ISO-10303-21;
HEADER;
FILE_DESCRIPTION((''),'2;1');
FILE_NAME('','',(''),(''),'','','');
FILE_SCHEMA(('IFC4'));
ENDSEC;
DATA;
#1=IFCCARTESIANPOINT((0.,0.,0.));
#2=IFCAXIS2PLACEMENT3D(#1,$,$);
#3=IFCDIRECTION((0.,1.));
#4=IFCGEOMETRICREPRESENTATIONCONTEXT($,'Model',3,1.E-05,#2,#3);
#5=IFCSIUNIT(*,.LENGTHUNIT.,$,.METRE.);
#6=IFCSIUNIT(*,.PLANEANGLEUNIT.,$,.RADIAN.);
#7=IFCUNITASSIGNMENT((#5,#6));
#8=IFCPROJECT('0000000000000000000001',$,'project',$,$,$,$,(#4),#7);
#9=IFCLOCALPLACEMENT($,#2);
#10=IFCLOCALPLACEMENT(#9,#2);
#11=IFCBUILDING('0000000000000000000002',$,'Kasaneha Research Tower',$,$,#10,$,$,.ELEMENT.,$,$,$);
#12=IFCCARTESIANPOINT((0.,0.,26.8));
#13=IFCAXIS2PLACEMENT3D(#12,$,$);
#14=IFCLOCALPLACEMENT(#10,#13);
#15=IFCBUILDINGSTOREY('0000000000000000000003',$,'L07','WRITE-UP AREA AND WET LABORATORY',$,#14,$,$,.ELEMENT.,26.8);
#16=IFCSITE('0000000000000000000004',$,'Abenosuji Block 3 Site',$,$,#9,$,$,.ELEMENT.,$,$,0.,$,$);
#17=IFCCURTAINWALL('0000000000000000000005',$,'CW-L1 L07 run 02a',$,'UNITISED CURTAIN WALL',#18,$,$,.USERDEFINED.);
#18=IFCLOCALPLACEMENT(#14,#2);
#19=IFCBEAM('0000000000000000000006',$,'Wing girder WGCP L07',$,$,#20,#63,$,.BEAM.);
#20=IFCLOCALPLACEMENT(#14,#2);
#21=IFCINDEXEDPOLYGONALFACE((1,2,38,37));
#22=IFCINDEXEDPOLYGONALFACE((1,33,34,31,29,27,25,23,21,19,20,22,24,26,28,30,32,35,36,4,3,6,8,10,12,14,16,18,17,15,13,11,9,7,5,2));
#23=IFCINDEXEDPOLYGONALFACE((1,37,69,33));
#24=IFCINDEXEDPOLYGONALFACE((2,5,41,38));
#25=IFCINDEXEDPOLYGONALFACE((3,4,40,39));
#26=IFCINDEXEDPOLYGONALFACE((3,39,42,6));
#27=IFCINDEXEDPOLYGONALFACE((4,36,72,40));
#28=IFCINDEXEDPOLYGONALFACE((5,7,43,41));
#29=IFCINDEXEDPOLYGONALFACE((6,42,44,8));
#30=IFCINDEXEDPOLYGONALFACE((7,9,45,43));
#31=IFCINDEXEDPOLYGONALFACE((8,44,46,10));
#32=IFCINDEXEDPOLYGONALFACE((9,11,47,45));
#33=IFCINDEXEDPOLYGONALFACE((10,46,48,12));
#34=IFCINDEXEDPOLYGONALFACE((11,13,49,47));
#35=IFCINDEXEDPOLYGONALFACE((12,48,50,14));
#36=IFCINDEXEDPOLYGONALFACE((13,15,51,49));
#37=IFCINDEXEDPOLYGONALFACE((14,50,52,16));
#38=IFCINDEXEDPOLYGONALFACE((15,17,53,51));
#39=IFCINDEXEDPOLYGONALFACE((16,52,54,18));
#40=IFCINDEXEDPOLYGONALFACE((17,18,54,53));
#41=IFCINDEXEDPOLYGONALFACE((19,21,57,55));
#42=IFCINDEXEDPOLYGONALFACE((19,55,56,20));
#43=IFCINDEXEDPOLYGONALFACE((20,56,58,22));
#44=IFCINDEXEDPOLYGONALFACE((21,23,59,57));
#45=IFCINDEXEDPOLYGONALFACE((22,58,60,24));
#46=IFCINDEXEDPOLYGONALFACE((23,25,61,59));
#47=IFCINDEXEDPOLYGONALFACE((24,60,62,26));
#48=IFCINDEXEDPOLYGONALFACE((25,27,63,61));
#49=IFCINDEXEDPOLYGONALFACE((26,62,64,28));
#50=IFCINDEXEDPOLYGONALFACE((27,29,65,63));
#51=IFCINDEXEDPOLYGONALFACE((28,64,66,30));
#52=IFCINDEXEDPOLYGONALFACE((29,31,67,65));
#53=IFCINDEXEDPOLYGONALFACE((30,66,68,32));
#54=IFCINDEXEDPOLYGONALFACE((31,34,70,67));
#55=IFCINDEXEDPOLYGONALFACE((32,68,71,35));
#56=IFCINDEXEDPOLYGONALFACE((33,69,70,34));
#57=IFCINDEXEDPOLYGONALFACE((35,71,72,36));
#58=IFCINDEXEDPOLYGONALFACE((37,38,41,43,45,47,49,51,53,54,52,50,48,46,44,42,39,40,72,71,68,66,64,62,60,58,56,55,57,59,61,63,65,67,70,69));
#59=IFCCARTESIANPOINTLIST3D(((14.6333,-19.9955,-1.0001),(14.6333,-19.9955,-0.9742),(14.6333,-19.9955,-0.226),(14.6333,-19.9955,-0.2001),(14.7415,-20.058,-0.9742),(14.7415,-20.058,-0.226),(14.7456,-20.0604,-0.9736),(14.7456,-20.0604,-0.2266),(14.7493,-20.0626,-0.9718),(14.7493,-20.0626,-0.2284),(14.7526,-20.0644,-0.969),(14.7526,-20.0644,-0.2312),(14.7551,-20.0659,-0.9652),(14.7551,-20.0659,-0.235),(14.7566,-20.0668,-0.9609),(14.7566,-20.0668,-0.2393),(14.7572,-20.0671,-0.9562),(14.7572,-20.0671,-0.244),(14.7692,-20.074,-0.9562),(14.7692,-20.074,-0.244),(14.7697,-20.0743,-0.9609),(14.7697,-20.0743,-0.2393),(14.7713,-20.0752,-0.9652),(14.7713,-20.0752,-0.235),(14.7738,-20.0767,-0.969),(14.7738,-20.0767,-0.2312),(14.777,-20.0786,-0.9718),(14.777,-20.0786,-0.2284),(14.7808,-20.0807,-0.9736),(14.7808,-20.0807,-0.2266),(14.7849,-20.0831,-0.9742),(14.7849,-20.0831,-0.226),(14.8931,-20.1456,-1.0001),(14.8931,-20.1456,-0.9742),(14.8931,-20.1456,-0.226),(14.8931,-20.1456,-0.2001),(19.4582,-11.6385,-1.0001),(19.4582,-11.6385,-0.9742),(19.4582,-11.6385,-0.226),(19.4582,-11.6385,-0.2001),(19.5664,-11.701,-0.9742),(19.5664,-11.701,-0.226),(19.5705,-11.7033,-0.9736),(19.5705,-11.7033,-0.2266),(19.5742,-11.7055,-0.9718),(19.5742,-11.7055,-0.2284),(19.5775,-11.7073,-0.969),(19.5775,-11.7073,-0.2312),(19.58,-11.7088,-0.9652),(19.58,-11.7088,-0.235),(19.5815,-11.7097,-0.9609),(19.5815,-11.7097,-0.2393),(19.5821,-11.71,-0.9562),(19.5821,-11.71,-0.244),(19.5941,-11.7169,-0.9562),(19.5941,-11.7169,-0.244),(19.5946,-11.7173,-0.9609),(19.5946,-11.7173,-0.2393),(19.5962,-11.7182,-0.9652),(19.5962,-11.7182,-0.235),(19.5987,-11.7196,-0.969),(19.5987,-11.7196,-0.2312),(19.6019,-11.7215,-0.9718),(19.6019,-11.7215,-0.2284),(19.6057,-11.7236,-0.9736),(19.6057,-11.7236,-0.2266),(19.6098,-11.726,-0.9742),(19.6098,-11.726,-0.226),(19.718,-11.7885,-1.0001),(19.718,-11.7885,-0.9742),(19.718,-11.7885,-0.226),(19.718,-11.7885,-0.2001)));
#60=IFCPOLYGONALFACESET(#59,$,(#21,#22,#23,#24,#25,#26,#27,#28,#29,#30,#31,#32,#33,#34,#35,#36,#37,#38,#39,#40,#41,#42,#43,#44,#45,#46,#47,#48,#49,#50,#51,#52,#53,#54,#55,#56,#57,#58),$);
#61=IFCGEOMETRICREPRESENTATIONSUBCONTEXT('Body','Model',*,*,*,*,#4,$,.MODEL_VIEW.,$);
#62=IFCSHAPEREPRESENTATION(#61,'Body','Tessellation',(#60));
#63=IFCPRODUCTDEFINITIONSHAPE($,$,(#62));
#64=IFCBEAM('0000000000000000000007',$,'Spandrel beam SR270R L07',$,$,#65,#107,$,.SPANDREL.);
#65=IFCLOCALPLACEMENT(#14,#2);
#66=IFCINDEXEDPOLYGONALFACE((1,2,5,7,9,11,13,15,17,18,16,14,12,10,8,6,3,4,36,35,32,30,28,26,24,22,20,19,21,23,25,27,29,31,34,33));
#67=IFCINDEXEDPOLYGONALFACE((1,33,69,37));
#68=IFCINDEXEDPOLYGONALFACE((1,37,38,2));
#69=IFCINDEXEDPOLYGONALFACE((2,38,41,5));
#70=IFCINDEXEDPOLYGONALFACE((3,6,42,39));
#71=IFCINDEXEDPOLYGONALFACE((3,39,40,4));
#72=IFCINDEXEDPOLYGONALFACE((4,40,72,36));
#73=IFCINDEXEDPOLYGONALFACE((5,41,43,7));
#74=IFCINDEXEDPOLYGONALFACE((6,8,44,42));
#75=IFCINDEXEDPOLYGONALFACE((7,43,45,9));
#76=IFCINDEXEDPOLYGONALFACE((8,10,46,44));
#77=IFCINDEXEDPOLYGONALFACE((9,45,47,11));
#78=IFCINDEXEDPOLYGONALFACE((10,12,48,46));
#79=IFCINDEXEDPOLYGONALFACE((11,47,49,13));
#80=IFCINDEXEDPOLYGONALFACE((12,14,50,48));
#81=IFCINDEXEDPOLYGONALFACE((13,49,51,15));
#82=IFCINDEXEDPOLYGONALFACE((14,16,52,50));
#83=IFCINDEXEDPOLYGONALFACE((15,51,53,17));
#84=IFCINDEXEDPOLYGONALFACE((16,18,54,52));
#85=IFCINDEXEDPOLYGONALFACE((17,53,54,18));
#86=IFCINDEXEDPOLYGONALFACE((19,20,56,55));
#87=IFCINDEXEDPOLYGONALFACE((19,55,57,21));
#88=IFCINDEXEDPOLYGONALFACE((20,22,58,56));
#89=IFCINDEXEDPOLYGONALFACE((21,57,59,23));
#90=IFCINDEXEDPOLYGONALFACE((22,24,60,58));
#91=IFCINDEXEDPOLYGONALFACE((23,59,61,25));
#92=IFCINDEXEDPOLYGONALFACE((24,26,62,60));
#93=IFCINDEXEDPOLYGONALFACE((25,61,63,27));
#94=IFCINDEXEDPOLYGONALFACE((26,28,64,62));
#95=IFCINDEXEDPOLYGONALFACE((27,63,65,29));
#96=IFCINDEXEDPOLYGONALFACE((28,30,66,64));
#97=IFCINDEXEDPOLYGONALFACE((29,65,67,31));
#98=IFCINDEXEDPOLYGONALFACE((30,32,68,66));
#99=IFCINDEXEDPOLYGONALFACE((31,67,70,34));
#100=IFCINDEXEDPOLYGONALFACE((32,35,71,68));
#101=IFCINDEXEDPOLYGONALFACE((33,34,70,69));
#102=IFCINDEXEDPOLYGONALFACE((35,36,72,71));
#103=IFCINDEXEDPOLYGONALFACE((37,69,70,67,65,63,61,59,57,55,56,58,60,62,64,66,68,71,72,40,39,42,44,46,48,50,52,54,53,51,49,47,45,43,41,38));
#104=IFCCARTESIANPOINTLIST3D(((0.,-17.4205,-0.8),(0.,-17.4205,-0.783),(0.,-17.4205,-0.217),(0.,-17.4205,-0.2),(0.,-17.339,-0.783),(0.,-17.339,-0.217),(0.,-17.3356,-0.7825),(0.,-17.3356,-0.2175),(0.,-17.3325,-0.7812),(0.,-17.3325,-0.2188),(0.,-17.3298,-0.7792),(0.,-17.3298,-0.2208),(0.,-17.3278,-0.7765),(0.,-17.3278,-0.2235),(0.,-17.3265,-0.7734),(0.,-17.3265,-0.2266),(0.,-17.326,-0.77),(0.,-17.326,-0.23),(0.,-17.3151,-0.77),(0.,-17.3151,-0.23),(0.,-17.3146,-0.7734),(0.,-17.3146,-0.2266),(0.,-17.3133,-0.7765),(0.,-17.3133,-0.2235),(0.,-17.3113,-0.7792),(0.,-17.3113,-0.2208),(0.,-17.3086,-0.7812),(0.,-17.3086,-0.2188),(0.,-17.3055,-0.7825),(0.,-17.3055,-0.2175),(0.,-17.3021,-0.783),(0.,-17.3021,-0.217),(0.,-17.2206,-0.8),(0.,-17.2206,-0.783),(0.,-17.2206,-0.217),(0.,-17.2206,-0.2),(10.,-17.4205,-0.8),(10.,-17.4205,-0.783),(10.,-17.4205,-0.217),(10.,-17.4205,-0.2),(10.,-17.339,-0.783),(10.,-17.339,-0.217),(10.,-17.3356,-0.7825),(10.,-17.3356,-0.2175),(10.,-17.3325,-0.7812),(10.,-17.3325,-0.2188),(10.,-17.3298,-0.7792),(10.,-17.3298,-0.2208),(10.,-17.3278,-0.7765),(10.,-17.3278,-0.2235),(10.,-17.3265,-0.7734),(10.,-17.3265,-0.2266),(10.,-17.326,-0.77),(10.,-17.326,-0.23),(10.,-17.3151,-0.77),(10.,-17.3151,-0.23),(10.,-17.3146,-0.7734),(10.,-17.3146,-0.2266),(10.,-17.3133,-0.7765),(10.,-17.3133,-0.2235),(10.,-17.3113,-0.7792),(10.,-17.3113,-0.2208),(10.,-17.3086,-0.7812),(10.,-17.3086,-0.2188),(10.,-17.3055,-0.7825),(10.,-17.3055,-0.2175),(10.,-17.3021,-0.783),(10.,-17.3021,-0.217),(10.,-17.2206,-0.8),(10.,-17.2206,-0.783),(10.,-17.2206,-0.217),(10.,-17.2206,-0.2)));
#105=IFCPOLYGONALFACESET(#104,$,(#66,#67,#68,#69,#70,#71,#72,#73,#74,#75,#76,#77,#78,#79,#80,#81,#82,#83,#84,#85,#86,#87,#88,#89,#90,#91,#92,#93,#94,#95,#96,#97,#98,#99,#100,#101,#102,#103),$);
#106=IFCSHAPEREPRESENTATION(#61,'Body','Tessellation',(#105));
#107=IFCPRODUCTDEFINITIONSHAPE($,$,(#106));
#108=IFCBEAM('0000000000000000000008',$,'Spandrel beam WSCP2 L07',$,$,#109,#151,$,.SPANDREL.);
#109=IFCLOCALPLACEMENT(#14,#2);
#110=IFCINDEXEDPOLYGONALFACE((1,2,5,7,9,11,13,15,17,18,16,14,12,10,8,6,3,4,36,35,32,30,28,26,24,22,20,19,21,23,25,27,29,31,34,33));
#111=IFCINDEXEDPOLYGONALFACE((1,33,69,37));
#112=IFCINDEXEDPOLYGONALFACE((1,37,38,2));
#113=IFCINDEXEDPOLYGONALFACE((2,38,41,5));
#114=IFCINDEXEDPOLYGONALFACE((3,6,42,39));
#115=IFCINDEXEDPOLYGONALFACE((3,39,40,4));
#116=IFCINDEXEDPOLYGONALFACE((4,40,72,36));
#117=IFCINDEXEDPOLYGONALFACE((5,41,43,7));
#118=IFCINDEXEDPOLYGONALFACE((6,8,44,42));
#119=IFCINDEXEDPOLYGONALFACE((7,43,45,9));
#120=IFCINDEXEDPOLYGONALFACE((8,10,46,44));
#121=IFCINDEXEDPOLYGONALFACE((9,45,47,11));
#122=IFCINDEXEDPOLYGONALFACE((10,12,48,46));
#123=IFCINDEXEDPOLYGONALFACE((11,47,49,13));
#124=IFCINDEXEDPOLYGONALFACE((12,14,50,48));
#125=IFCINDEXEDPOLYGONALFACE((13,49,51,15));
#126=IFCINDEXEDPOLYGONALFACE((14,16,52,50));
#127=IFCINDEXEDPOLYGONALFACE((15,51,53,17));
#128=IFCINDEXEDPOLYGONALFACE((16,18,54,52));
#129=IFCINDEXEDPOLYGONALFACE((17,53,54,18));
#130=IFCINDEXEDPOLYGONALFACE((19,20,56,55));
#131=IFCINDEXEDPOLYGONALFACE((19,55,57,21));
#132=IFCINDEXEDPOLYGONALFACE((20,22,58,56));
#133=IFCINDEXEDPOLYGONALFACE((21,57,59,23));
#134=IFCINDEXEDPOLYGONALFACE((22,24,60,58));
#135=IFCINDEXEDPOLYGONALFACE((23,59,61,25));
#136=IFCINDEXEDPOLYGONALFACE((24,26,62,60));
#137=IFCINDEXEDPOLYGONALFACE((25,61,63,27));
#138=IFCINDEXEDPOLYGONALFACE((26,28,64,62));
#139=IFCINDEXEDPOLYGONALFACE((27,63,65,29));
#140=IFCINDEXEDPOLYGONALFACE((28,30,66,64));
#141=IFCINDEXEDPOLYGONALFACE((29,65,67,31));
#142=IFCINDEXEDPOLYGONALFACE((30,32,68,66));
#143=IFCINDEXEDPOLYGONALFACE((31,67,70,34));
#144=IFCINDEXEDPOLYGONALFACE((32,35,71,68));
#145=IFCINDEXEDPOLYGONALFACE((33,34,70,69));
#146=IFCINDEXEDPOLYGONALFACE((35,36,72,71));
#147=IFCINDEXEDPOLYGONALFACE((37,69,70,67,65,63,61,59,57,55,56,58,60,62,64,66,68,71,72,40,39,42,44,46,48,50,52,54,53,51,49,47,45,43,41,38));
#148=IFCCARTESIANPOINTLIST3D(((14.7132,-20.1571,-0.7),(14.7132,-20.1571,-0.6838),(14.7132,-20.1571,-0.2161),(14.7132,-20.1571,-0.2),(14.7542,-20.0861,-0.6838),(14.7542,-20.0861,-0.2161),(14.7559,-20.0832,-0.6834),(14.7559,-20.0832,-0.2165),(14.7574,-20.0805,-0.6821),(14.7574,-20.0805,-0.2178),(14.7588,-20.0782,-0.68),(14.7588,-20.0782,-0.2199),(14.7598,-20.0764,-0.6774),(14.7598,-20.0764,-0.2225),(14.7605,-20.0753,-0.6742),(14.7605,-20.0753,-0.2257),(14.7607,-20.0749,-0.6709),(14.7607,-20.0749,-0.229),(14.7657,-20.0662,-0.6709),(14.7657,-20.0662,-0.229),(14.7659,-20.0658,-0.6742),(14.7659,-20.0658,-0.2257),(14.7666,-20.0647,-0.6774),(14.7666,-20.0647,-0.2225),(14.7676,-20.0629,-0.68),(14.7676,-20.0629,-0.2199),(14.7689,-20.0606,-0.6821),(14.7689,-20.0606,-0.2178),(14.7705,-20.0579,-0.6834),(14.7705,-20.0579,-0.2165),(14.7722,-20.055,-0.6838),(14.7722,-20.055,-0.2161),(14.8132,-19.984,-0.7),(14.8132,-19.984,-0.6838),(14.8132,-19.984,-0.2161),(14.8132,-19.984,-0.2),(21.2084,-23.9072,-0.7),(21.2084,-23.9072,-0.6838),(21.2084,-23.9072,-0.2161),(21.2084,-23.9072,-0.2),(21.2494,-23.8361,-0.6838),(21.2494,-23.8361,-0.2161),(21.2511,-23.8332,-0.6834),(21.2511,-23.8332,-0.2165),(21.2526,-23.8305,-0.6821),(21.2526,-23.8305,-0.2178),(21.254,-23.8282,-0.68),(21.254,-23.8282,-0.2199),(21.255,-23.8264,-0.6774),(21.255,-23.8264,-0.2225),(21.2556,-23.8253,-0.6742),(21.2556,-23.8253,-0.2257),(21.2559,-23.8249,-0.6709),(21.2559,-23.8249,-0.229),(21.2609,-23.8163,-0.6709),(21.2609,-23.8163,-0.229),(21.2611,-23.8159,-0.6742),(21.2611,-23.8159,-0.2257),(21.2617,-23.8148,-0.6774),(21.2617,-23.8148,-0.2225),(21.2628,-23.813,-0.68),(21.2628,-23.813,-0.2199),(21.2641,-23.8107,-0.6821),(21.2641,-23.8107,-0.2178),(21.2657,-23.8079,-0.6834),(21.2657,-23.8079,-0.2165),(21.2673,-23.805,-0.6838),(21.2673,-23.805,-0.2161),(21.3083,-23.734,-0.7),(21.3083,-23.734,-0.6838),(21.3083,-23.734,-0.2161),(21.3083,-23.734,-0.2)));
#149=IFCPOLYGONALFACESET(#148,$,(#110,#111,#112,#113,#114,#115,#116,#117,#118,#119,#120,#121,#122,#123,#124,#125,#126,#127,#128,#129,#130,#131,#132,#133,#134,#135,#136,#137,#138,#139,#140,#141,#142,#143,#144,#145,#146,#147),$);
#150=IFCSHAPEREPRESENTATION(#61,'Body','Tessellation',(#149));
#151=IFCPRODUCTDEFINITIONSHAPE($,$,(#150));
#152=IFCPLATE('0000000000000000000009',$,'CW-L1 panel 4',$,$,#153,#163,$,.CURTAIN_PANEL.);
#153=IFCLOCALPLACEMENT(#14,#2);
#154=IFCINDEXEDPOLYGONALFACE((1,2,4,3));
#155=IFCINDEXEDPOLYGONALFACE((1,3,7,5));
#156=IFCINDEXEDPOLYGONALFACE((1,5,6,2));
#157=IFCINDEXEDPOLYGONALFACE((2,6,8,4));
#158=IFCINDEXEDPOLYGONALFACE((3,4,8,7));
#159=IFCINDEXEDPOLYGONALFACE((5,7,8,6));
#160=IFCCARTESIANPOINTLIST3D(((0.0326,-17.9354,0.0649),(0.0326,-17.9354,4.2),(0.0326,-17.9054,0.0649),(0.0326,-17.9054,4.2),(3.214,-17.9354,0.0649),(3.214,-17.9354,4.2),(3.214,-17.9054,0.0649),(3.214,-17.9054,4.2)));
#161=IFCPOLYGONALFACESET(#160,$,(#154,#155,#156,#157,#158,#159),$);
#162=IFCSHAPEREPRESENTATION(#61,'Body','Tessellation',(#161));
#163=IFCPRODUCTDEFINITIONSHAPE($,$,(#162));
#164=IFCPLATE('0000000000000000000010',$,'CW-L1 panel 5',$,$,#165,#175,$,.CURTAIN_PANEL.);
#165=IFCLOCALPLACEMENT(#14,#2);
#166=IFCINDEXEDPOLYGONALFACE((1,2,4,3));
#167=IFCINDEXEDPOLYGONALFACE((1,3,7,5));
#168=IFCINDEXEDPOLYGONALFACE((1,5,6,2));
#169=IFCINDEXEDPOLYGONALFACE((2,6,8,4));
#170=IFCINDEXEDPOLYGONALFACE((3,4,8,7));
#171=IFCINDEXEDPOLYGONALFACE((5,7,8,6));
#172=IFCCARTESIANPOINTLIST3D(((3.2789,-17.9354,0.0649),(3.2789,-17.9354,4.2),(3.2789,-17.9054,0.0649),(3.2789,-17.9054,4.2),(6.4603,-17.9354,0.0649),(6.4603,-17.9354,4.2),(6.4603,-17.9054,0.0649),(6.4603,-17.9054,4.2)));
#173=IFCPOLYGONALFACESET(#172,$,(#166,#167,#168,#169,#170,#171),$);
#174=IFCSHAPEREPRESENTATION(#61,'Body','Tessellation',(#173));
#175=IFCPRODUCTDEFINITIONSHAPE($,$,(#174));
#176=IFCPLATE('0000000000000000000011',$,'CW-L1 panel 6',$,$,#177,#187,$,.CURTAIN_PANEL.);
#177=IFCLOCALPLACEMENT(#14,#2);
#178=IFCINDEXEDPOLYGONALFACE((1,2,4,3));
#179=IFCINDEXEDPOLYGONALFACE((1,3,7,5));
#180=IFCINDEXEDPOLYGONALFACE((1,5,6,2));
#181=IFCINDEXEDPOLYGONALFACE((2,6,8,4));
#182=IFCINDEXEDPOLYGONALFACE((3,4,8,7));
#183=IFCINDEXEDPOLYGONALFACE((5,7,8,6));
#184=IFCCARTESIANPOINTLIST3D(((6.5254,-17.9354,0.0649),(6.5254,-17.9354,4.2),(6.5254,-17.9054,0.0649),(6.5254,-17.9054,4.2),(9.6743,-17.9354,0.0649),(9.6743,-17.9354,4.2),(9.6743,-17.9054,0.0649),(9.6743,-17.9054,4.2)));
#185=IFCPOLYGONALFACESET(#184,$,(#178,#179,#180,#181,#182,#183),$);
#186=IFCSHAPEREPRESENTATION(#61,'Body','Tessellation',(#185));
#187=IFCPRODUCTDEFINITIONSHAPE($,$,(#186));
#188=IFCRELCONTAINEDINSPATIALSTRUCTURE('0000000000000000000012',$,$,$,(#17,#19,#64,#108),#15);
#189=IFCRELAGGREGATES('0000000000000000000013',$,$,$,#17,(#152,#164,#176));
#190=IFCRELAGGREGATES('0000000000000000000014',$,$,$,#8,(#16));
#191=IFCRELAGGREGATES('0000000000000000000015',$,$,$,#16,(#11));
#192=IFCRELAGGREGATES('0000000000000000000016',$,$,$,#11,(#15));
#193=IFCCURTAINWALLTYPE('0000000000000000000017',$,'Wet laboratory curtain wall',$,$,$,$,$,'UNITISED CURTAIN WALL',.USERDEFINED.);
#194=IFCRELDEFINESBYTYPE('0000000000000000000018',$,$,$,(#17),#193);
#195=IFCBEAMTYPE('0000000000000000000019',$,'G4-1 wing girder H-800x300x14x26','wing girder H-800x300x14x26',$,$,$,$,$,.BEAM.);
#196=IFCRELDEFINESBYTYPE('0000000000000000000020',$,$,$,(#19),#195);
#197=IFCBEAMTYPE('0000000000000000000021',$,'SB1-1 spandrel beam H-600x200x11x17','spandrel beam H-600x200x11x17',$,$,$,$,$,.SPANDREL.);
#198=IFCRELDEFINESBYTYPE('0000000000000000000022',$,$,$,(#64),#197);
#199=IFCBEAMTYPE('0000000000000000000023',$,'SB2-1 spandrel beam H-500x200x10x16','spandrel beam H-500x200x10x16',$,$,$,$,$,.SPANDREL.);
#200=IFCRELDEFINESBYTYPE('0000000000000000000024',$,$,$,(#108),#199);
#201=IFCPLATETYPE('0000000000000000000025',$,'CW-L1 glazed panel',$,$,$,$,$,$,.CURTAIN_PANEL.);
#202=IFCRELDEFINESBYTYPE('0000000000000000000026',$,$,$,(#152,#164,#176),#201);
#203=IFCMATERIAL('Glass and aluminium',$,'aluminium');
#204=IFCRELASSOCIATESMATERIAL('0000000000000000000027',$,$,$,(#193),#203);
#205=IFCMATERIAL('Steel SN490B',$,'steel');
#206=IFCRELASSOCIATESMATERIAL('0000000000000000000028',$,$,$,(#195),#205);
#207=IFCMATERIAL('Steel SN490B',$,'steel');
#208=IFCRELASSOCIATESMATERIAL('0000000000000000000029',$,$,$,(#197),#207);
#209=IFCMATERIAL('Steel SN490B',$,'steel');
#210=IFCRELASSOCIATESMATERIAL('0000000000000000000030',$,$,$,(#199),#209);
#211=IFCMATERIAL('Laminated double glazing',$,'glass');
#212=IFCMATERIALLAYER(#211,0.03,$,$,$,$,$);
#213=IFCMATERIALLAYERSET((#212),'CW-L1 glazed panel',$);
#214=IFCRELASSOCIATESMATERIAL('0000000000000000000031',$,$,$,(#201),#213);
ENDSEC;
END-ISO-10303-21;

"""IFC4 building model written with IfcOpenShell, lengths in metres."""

from ifc_helpers import new_model, si_unit, direction, frame, origin, origin_2d, place, context, subcontext, project, spatial, rectangle, i_section, extrude, material, layer, layer_set, material_profile, profile_set, type_object, element, aggregate, save


model = new_model("IFC4")

# Units and contexts
model_context = context("Model", 3, precision=1e-05, world=origin(), true_north=direction((0.0, 1.0)))
body_context = subcontext(model_context, "Body", "Model", "MODEL_VIEW")
ifc_project = project(units=[si_unit("LENGTHUNIT", "METRE"), si_unit("PLANEANGLEUNIT", "RADIAN")], contexts=[model_context])

# Site, building, storey
site_placement = place(None, origin())
site = spatial("IfcSite", under=ifc_project, at=site_placement, Name="Abenosuji Block 3 Site", CompositionType="ELEMENT", RefElevation=0.0)
building_placement = place(site_placement, origin())
building = spatial("IfcBuilding", under=site, at=building_placement, Name="Kasaneha Research Tower", CompositionType="ELEMENT")
storey_placement = place(building_placement, frame((0.0, 0.0, 26.8)))
storey = spatial("IfcBuildingStorey", under=building, at=storey_placement, Name="L07", Description="WRITE-UP AREA AND WET LABORATORY", CompositionType="ELEMENT", Elevation=26.8)

# Curtain wall
ifc_material_1 = material(Name="Glass and aluminium", Category="aluminium")
curtain_wall_type = type_object("IfcCurtainWallType", Name="Wet laboratory curtain wall", ElementType="UNITISED CURTAIN WALL", PredefinedType="USERDEFINED", material=ifc_material_1)
curtain_wall_1_placement = place(storey_placement, origin())
curtain_wall_1 = element("IfcCurtainWall", 1, at=curtain_wall_1_placement, inside=storey, type_object=curtain_wall_type, Name="CW-L1 L07 run 02a", ObjectType="UNITISED CURTAIN WALL", PredefinedType="USERDEFINED")

# Beams
ifc_material_2 = material(Name="Steel SN490B", Category="steel")
ifc_material_profile_1 = material_profile(ifc_material_2, i_section(OverallWidth=0.3, OverallDepth=0.8, WebThickness=0.0139, FlangeThickness=0.0259, FilletRadius=0.0181, at=origin_2d()), Name="H-800x300x14x26")
ifc_profile_set_1 = profile_set([ifc_material_profile_1], Name="Steel SN490B")
beam_type_1 = type_object("IfcBeamType", Name="G4-1 wing girder H-800x300x14x26", Description="wing girder H-800x300x14x26", PredefinedType="BEAM", material=ifc_profile_set_1)
beam_1_placement = place(storey_placement, frame((14.7632, -20.0706, -0.6001), z_axis=(0.499995, 0.866028, 0.0), x_axis=(-0.866028, 0.499995, 0.0)))
element("IfcBeam", 2, at=beam_1_placement, inside=storey, type_object=beam_type_1, Name="Wing girder WGCP L07", PredefinedType="BEAM", context=body_context, shape_type="SweptSolid", body=[
    extrude(i_section(OverallWidth=0.3, OverallDepth=0.8, WebThickness=0.0139, FlangeThickness=0.0259, FilletRadius=0.0181, at=origin_2d()), origin(), (0.0, 0.0, 1.0), 9.6499),
])
ifc_material_3 = material(Name="Steel SN490B", Category="steel")
ifc_material_profile_2 = material_profile(ifc_material_3, i_section(OverallWidth=0.2, OverallDepth=0.6001, WebThickness=0.011, FlangeThickness=0.0171, FilletRadius=0.0129, at=origin_2d()), Name="H-600x200x11x17")
ifc_profile_set_2 = profile_set([ifc_material_profile_2], Name="Steel SN490B")
beam_type_2 = type_object("IfcBeamType", Name="SB1-1 spandrel beam H-600x200x11x17", Description="spandrel beam H-600x200x11x17", PredefinedType="SPANDREL", material=ifc_profile_set_2)
beam_2_placement = place(storey_placement, frame((10.0, -17.3206, -0.5), z_axis=(-1.0, 0.0, 0.0), x_axis=(0.0, -1.0, 0.0)))
element("IfcBeam", 3, at=beam_2_placement, inside=storey, type_object=beam_type_2, Name="Spandrel beam SR270R L07", PredefinedType="SPANDREL", context=body_context, shape_type="SweptSolid", body=[
    extrude(i_section(OverallWidth=0.2, OverallDepth=0.6001, WebThickness=0.011, FlangeThickness=0.0171, FilletRadius=0.0129, at=origin_2d()), origin(), (0.0, 0.0, 1.0), 10.0),
])
ifc_material_4 = material(Name="Steel SN490B", Category="steel")
ifc_material_profile_3 = material_profile(ifc_material_4, i_section(OverallWidth=0.2, OverallDepth=0.5, WebThickness=0.01, FlangeThickness=0.0161, FilletRadius=0.0129, at=origin_2d()), Name="H-500x200x10x16")
ifc_profile_set_3 = profile_set([ifc_material_profile_3], Name="Steel SN490B")
beam_type_3 = type_object("IfcBeamType", Name="SB2-1 spandrel beam H-500x200x10x16", Description="spandrel beam H-500x200x10x16", PredefinedType="SPANDREL", material=ifc_profile_set_3)
beam_3_placement = place(storey_placement, frame((14.7632, -20.0706, -0.45), z_axis=(0.866023, -0.500004, 0.0), x_axis=(0.500004, 0.866023, 0.0)))
element("IfcBeam", 4, at=beam_3_placement, inside=storey, type_object=beam_type_3, Name="Spandrel beam WSCP2 L07", PredefinedType="SPANDREL", context=body_context, shape_type="SweptSolid", body=[
    extrude(i_section(OverallWidth=0.2, OverallDepth=0.5, WebThickness=0.01, FlangeThickness=0.0161, FilletRadius=0.0129, at=origin_2d()), origin(), (0.0, 0.0, 1.0), 7.5),
])

# Plates
ifc_material_5 = material(Name="Laminated double glazing", Category="glass")
ifc_layer_1 = layer(ifc_material_5, 0.03)
ifc_layer_set_1 = layer_set([ifc_layer_1], Name="CW-L1 glazed panel")
plate_type = type_object("IfcPlateType", Name="CW-L1 glazed panel", PredefinedType="CURTAIN_PANEL", material=ifc_layer_set_1)
plate_1_placement = place(storey_placement, frame((1.6233, -17.9204, 0.0649), z_axis=(0.0, 0.0, 1.0), x_axis=(1.0, 0.0, 0.0)))
plate_1 = element("IfcPlate", 5, at=plate_1_placement, type_object=plate_type, Name="CW-L1 panel 4", PredefinedType="CURTAIN_PANEL", context=body_context, shape_type="SweptSolid", body=[
    extrude(rectangle(XDim=3.1814, YDim=0.03, at=origin_2d()), origin(), (0.0, 0.0, 1.0), 4.135),
])
plate_2_placement = place(storey_placement, frame((4.8696, -17.9204, 0.0649), z_axis=(0.0, 0.0, 1.0), x_axis=(1.0, 0.0, 0.0)))
plate_2 = element("IfcPlate", 6, at=plate_2_placement, type_object=plate_type, Name="CW-L1 panel 5", PredefinedType="CURTAIN_PANEL", context=body_context, shape_type="SweptSolid", body=[
    extrude(rectangle(XDim=3.1814, YDim=0.03, at=origin_2d()), origin(), (0.0, 0.0, 1.0), 4.135),
])
plate_3_placement = place(storey_placement, frame((8.0999, -17.9204, 0.0649), z_axis=(0.0, 0.0, 1.0), x_axis=(1.0, 0.0, 0.0)))
plate_3 = element("IfcPlate", 7, at=plate_3_placement, type_object=plate_type, Name="CW-L1 panel 6", PredefinedType="CURTAIN_PANEL", context=body_context, shape_type="SweptSolid", body=[
    extrude(rectangle(XDim=3.1489, YDim=0.03, at=origin_2d()), origin(), (0.0, 0.0, 1.0), 4.135),
])
aggregate(curtain_wall_1, [plate_1, plate_2, plate_3])

save(model, "model.ifc")
